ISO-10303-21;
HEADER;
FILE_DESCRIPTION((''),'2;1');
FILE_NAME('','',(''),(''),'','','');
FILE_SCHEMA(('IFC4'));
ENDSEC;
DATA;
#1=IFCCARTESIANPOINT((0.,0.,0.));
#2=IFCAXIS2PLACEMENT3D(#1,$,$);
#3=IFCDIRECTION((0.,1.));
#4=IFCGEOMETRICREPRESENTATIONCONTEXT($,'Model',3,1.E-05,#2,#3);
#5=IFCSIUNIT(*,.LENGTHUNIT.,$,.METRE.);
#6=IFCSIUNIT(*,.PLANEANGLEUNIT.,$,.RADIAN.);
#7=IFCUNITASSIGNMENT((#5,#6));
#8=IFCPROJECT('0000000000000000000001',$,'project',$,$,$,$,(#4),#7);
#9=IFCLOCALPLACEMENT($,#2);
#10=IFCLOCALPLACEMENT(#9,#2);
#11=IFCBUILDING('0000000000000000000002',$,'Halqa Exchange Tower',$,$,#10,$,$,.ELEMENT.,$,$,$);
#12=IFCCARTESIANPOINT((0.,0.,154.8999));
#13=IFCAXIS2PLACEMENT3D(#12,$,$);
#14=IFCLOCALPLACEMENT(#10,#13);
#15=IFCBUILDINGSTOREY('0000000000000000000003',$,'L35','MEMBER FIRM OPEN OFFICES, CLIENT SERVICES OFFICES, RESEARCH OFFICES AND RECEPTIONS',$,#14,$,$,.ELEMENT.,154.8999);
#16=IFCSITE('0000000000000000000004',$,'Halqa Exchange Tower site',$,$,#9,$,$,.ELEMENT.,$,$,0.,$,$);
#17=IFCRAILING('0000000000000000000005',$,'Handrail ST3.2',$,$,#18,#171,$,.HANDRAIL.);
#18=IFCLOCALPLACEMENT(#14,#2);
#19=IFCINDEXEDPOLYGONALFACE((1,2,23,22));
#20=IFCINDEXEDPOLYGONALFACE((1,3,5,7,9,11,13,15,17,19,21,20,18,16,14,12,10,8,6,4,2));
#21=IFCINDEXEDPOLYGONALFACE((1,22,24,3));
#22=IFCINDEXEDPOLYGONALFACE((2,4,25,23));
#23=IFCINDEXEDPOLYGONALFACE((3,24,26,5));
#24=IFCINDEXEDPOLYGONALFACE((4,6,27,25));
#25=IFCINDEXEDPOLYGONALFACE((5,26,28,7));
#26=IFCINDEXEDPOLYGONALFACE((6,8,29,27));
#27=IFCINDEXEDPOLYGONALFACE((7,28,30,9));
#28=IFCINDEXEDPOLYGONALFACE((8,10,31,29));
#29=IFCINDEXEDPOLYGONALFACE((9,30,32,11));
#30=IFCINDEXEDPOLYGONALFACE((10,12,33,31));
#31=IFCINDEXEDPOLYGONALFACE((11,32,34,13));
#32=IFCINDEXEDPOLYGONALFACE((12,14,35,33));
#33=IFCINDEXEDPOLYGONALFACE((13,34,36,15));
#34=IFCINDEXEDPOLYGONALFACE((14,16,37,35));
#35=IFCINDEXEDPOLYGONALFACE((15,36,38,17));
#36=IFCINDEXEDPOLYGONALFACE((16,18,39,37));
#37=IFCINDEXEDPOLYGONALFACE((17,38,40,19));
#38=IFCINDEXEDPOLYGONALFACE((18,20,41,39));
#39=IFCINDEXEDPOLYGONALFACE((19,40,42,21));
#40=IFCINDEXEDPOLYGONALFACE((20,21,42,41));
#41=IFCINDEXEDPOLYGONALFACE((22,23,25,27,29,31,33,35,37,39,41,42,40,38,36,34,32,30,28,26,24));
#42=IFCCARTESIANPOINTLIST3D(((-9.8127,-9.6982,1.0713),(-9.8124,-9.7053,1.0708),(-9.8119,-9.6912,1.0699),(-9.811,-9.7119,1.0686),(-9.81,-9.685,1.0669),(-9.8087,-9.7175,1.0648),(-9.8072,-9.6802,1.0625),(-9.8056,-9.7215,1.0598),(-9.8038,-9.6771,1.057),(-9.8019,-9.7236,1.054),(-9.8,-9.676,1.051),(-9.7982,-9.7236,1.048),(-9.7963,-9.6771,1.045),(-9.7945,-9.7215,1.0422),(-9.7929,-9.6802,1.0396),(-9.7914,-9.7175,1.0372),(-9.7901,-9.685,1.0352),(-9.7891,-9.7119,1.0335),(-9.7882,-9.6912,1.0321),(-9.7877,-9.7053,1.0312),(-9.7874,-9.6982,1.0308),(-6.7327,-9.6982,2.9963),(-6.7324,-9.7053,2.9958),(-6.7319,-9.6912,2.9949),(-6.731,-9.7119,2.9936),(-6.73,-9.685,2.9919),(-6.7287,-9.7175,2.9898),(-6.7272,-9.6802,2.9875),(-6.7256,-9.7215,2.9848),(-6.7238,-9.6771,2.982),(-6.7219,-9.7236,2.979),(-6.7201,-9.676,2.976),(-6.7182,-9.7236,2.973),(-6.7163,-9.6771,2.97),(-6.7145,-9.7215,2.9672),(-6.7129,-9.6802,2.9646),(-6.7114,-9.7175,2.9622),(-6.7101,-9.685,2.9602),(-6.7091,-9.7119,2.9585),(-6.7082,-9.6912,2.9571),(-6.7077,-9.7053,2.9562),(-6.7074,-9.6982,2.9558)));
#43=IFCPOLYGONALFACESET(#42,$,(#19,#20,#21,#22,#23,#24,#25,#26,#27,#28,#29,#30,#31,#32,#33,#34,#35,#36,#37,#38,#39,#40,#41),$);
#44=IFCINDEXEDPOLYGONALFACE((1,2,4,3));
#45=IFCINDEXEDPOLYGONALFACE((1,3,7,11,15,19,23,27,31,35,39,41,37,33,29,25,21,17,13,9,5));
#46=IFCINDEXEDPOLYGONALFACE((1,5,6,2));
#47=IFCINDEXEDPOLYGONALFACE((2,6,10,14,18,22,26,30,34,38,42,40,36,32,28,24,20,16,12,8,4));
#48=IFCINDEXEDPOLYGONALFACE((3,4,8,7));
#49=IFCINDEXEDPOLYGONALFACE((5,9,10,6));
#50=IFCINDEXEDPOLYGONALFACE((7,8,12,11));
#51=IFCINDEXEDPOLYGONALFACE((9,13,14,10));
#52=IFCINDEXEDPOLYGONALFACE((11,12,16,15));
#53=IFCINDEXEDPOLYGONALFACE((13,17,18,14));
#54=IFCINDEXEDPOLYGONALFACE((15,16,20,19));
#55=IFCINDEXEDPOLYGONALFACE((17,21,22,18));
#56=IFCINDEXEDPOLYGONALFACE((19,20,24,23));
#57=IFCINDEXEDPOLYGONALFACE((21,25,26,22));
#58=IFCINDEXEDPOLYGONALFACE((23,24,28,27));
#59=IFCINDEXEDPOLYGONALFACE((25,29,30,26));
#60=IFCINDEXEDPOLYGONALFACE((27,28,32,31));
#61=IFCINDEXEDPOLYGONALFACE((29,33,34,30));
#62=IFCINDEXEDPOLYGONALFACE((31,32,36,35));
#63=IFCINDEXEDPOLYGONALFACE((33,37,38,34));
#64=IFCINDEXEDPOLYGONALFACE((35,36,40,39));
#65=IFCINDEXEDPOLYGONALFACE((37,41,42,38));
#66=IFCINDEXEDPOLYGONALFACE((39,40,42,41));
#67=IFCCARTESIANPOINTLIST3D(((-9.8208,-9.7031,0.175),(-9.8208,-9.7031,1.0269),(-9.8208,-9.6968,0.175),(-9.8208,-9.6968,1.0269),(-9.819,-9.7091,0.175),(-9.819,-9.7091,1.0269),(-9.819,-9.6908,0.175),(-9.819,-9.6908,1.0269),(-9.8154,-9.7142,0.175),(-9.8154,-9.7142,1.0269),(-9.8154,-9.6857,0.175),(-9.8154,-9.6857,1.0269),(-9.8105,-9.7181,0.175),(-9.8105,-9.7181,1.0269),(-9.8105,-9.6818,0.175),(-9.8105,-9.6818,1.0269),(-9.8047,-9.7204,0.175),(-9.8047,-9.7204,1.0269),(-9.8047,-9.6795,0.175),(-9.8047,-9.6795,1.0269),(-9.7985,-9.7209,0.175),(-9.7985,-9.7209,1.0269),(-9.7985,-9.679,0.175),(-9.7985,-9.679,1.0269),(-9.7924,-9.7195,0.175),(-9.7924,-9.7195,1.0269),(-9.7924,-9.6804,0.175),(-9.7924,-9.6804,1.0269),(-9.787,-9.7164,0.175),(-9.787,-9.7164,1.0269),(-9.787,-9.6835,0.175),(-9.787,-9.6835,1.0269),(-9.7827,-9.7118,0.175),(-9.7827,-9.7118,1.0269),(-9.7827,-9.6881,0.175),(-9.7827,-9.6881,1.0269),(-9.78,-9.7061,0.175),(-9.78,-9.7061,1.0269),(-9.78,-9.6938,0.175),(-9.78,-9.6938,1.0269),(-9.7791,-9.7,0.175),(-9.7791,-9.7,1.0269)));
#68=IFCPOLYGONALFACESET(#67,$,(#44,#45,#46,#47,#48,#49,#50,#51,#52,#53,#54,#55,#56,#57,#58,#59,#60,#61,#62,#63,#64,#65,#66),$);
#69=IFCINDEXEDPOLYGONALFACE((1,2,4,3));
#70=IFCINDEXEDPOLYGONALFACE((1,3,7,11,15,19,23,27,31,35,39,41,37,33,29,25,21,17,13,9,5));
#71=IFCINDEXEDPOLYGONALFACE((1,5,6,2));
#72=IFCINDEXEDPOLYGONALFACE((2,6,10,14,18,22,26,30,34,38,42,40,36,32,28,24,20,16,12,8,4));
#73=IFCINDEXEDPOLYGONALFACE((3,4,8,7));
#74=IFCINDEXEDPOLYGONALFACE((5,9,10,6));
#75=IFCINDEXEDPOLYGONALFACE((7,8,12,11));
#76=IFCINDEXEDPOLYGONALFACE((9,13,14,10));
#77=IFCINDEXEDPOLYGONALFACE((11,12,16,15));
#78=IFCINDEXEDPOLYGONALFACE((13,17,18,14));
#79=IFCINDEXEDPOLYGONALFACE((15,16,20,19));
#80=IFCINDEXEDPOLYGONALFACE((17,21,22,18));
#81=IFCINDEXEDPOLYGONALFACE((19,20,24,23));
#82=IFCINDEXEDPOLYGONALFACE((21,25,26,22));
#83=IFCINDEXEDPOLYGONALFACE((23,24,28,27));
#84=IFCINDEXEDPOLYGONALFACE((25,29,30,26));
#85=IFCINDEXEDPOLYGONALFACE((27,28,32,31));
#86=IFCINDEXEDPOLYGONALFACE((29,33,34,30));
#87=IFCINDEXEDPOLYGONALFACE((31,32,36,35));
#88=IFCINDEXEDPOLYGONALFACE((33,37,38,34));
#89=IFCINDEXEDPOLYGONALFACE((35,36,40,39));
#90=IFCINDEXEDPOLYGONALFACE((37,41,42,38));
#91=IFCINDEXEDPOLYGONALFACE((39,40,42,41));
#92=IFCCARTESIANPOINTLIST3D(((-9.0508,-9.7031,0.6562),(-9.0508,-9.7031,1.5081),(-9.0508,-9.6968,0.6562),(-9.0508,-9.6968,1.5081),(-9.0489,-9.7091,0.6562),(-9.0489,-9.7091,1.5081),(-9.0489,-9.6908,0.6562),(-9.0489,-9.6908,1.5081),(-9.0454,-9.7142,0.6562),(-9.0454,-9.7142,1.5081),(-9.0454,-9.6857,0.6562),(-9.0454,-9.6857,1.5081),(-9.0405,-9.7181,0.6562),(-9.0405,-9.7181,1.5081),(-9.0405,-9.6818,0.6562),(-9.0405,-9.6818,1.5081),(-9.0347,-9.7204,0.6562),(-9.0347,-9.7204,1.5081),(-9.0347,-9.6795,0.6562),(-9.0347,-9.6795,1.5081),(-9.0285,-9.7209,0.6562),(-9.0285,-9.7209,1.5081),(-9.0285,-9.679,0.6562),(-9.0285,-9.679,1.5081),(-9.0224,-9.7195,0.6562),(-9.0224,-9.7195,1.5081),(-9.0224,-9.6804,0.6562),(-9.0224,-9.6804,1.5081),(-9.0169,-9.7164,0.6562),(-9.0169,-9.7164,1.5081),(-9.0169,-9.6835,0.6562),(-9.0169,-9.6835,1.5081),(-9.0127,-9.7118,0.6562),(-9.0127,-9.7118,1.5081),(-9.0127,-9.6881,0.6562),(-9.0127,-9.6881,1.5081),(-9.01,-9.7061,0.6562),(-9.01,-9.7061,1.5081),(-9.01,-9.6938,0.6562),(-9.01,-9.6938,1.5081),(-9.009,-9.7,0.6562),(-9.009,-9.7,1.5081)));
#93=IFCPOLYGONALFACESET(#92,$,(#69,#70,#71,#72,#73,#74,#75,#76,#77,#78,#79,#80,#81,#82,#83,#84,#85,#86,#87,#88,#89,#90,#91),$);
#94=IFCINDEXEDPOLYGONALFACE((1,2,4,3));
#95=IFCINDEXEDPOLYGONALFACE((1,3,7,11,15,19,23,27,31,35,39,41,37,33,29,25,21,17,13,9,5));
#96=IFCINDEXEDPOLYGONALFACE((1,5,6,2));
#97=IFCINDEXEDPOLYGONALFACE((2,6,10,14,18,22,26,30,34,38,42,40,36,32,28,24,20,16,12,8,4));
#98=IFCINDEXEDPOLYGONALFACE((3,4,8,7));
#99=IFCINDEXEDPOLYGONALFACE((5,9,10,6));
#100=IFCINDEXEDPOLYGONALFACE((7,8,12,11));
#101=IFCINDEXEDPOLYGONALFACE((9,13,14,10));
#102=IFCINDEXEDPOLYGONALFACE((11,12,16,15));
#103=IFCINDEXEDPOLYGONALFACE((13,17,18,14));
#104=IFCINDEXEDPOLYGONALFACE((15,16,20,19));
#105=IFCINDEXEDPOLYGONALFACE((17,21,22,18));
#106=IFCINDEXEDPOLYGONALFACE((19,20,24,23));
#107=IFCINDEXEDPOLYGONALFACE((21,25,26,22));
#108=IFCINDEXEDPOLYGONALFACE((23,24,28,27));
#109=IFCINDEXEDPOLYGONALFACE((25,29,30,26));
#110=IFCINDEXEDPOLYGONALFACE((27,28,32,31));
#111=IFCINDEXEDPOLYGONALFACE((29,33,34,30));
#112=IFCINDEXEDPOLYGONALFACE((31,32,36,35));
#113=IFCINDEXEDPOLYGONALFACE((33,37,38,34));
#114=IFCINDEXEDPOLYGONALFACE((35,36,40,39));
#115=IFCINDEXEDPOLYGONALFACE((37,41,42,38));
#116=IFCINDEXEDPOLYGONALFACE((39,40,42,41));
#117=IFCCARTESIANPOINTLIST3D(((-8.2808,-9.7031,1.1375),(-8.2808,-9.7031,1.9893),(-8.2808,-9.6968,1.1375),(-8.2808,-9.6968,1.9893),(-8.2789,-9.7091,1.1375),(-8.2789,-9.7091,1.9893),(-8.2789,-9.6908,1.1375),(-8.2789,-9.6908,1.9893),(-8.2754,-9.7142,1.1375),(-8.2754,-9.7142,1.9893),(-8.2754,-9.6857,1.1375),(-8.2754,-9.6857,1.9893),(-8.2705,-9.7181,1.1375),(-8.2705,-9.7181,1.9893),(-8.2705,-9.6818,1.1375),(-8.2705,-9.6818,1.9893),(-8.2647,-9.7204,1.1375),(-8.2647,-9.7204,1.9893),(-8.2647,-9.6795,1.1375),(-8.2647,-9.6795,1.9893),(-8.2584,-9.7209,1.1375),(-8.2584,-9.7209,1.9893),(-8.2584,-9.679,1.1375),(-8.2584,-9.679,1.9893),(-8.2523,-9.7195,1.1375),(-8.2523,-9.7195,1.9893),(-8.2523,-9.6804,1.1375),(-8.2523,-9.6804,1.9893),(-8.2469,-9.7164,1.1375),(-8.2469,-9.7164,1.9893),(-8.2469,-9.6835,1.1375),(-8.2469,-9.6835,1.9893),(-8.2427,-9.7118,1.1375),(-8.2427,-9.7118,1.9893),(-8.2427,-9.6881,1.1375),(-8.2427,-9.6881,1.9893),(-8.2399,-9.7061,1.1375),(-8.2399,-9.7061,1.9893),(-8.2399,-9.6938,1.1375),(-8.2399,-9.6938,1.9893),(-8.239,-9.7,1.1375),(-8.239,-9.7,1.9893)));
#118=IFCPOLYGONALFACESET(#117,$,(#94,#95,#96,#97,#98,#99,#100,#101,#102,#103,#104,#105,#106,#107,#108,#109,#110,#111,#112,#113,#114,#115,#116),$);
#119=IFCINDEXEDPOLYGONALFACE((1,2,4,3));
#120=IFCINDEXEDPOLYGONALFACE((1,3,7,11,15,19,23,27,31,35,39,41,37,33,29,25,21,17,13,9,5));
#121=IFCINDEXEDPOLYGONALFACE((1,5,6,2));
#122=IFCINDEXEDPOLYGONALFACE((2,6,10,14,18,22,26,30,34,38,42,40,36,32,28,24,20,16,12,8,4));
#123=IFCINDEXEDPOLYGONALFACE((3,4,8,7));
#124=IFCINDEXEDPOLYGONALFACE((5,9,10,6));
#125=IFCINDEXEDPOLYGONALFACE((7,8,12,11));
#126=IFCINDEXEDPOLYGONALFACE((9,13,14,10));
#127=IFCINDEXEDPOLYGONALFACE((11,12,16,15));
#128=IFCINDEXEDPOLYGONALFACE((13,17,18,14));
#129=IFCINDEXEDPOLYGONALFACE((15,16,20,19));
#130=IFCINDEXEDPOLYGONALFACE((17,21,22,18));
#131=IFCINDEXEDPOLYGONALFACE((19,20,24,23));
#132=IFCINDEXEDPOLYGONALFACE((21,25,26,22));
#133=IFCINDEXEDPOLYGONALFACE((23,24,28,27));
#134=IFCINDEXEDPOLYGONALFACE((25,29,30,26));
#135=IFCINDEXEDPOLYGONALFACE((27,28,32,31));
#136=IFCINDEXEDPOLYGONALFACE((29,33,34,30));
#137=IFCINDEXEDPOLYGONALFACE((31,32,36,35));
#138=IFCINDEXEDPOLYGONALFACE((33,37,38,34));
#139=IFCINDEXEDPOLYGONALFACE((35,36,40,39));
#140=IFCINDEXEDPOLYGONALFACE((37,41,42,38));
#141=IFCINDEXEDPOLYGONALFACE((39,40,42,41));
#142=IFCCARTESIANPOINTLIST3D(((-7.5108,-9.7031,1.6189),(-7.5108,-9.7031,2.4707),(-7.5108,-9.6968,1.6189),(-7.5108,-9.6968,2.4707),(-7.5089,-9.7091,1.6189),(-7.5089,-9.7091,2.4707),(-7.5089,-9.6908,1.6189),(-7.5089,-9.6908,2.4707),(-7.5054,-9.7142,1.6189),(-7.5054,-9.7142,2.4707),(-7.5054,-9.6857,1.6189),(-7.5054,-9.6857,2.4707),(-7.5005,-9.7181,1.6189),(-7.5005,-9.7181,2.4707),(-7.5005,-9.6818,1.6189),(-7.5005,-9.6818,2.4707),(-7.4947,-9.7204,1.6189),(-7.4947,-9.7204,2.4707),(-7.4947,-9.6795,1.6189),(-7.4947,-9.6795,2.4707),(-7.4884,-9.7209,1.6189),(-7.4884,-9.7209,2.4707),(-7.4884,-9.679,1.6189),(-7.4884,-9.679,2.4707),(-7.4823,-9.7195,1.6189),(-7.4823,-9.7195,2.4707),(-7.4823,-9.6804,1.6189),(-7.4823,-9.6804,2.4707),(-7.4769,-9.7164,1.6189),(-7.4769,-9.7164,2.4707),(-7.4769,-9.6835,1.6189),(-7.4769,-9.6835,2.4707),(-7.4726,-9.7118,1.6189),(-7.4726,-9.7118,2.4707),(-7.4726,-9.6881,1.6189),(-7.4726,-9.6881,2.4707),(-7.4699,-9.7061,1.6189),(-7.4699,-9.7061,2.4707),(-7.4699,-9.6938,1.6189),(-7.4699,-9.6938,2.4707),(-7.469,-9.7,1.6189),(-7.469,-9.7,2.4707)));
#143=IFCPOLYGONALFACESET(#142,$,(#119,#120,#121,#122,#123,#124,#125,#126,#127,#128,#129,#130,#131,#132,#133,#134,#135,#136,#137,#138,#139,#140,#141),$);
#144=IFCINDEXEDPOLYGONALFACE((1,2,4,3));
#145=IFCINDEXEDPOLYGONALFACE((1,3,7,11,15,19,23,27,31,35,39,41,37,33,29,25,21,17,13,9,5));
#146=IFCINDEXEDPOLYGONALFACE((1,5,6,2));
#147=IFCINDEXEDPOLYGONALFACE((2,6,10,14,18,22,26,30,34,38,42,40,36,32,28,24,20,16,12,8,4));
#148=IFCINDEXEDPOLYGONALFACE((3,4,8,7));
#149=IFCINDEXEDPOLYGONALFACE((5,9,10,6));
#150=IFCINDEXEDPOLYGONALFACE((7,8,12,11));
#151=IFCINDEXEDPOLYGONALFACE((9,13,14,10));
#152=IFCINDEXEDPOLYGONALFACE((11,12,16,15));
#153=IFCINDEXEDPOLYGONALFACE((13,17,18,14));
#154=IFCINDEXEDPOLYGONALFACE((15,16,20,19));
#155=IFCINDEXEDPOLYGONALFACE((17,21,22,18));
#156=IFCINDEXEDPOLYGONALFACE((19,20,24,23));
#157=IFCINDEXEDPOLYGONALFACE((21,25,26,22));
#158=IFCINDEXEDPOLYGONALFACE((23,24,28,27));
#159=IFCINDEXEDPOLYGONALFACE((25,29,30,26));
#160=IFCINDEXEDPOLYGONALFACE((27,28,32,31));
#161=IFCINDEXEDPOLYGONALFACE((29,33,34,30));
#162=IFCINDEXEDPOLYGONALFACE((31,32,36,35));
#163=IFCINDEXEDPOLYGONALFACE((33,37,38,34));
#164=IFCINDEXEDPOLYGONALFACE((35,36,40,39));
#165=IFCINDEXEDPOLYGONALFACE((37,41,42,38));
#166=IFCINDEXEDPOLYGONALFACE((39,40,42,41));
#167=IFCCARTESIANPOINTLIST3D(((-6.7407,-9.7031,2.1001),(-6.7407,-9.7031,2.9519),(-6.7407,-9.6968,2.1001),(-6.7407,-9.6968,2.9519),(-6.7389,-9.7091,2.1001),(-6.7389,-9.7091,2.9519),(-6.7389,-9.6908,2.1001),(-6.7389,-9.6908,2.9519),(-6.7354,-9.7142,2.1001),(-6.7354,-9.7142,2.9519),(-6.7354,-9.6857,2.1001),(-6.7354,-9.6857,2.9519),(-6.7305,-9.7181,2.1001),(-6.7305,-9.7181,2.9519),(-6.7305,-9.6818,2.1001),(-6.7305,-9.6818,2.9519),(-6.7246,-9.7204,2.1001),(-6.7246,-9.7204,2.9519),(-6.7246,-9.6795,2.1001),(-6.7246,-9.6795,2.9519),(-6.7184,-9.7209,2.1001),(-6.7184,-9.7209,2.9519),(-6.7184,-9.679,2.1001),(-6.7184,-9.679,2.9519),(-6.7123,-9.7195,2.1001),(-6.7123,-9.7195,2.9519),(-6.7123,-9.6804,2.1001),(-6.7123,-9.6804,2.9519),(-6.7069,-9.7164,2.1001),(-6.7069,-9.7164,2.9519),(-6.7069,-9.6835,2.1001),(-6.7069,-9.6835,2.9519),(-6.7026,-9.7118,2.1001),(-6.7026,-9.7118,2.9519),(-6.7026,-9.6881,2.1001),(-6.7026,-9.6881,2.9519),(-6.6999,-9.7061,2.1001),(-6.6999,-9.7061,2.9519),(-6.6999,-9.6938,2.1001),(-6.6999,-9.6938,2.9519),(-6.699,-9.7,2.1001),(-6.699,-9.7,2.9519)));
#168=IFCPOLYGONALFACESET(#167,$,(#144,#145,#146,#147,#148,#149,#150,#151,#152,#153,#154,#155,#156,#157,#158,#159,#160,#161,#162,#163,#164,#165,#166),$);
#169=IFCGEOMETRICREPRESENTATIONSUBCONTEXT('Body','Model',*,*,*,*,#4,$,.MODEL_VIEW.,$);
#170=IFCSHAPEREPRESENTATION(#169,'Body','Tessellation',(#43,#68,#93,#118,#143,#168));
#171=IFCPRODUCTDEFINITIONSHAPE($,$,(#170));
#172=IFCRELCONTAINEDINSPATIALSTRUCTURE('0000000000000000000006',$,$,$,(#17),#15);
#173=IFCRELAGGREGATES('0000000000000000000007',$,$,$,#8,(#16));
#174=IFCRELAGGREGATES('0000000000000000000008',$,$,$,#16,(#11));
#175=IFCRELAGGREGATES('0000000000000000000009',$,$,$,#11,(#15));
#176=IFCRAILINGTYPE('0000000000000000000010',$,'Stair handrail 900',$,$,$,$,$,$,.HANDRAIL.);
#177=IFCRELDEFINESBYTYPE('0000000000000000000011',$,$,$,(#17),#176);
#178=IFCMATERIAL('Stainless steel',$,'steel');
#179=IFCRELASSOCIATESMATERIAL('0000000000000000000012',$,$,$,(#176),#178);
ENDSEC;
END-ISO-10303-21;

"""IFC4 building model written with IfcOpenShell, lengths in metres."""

from ifc_helpers import new_model, si_unit, direction, frame, origin, origin_2d, place, context, subcontext, project, spatial, circle, extrude, material, type_object, element, save


model = new_model("IFC4")

# Units and contexts
model_context = context("Model", 3, precision=1e-05, world=origin(), true_north=direction((0.0, 1.0)))
body_context = subcontext(model_context, "Body", "Model", "MODEL_VIEW")
ifc_project = project(units=[si_unit("LENGTHUNIT", "METRE"), si_unit("PLANEANGLEUNIT", "RADIAN")], contexts=[model_context])

# Site, building, storey
site_placement = place(None, origin())
site = spatial("IfcSite", under=ifc_project, at=site_placement, Name="Halqa Exchange Tower site", CompositionType="ELEMENT", RefElevation=0.0)
building_placement = place(site_placement, origin())
building = spatial("IfcBuilding", under=site, at=building_placement, Name="Halqa Exchange Tower", CompositionType="ELEMENT")
storey_placement = place(building_placement, frame((0.0, 0.0, 154.8999)))
storey = spatial("IfcBuildingStorey", under=building, at=storey_placement, Name="L35", Description="MEMBER FIRM OPEN OFFICES, CLIENT SERVICES OFFICES, RESEARCH OFFICES AND RECEPTIONS", CompositionType="ELEMENT", Elevation=154.8999)

# Shared definitions
ifc_material_1 = material(Name="Stainless steel", Category="steel")

# Railing
railing_type_1 = type_object("IfcRailingType", Name="Stair handrail 900", PredefinedType="HANDRAIL", material=ifc_material_1)
railing_1_placement = place(storey_placement, frame((-9.8, -9.7, 0.175)))
element("IfcRailing", 1, at=railing_1_placement, inside=storey, type_object=railing_type_1, Name="Handrail ST3.2", PredefinedType="HANDRAIL", context=body_context, shape_type="SweptSolid", body=[
    extrude(circle(Radius=0.0239, at=origin_2d()), frame((0.0, 0.0, 0.876), z_axis=(0.847998, 0.0, 0.529999), x_axis=(0.0, 1.0, 0.0)), (0.0, 0.0, 1.0), 3.6321),
    extrude(circle(Radius=0.021, at=origin_2d()), origin(), (0.0, 0.0, 1.0), 0.8518),
    extrude(circle(Radius=0.021, at=origin_2d()), frame((0.77, 0.0, 0.4812)), (0.0, 0.0, 1.0), 0.8518),
    extrude(circle(Radius=0.021, at=origin_2d()), frame((1.54, 0.0, 0.9624)), (0.0, 0.0, 1.0), 0.8518),
    extrude(circle(Radius=0.021, at=origin_2d()), frame((2.3101, 0.0, 1.4438)), (0.0, 0.0, 1.0), 0.8518),
    extrude(circle(Radius=0.021, at=origin_2d()), frame((3.0801, 0.0, 1.925)), (0.0, 0.0, 1.0), 0.8518),
])

save(model, "model.ifc")
